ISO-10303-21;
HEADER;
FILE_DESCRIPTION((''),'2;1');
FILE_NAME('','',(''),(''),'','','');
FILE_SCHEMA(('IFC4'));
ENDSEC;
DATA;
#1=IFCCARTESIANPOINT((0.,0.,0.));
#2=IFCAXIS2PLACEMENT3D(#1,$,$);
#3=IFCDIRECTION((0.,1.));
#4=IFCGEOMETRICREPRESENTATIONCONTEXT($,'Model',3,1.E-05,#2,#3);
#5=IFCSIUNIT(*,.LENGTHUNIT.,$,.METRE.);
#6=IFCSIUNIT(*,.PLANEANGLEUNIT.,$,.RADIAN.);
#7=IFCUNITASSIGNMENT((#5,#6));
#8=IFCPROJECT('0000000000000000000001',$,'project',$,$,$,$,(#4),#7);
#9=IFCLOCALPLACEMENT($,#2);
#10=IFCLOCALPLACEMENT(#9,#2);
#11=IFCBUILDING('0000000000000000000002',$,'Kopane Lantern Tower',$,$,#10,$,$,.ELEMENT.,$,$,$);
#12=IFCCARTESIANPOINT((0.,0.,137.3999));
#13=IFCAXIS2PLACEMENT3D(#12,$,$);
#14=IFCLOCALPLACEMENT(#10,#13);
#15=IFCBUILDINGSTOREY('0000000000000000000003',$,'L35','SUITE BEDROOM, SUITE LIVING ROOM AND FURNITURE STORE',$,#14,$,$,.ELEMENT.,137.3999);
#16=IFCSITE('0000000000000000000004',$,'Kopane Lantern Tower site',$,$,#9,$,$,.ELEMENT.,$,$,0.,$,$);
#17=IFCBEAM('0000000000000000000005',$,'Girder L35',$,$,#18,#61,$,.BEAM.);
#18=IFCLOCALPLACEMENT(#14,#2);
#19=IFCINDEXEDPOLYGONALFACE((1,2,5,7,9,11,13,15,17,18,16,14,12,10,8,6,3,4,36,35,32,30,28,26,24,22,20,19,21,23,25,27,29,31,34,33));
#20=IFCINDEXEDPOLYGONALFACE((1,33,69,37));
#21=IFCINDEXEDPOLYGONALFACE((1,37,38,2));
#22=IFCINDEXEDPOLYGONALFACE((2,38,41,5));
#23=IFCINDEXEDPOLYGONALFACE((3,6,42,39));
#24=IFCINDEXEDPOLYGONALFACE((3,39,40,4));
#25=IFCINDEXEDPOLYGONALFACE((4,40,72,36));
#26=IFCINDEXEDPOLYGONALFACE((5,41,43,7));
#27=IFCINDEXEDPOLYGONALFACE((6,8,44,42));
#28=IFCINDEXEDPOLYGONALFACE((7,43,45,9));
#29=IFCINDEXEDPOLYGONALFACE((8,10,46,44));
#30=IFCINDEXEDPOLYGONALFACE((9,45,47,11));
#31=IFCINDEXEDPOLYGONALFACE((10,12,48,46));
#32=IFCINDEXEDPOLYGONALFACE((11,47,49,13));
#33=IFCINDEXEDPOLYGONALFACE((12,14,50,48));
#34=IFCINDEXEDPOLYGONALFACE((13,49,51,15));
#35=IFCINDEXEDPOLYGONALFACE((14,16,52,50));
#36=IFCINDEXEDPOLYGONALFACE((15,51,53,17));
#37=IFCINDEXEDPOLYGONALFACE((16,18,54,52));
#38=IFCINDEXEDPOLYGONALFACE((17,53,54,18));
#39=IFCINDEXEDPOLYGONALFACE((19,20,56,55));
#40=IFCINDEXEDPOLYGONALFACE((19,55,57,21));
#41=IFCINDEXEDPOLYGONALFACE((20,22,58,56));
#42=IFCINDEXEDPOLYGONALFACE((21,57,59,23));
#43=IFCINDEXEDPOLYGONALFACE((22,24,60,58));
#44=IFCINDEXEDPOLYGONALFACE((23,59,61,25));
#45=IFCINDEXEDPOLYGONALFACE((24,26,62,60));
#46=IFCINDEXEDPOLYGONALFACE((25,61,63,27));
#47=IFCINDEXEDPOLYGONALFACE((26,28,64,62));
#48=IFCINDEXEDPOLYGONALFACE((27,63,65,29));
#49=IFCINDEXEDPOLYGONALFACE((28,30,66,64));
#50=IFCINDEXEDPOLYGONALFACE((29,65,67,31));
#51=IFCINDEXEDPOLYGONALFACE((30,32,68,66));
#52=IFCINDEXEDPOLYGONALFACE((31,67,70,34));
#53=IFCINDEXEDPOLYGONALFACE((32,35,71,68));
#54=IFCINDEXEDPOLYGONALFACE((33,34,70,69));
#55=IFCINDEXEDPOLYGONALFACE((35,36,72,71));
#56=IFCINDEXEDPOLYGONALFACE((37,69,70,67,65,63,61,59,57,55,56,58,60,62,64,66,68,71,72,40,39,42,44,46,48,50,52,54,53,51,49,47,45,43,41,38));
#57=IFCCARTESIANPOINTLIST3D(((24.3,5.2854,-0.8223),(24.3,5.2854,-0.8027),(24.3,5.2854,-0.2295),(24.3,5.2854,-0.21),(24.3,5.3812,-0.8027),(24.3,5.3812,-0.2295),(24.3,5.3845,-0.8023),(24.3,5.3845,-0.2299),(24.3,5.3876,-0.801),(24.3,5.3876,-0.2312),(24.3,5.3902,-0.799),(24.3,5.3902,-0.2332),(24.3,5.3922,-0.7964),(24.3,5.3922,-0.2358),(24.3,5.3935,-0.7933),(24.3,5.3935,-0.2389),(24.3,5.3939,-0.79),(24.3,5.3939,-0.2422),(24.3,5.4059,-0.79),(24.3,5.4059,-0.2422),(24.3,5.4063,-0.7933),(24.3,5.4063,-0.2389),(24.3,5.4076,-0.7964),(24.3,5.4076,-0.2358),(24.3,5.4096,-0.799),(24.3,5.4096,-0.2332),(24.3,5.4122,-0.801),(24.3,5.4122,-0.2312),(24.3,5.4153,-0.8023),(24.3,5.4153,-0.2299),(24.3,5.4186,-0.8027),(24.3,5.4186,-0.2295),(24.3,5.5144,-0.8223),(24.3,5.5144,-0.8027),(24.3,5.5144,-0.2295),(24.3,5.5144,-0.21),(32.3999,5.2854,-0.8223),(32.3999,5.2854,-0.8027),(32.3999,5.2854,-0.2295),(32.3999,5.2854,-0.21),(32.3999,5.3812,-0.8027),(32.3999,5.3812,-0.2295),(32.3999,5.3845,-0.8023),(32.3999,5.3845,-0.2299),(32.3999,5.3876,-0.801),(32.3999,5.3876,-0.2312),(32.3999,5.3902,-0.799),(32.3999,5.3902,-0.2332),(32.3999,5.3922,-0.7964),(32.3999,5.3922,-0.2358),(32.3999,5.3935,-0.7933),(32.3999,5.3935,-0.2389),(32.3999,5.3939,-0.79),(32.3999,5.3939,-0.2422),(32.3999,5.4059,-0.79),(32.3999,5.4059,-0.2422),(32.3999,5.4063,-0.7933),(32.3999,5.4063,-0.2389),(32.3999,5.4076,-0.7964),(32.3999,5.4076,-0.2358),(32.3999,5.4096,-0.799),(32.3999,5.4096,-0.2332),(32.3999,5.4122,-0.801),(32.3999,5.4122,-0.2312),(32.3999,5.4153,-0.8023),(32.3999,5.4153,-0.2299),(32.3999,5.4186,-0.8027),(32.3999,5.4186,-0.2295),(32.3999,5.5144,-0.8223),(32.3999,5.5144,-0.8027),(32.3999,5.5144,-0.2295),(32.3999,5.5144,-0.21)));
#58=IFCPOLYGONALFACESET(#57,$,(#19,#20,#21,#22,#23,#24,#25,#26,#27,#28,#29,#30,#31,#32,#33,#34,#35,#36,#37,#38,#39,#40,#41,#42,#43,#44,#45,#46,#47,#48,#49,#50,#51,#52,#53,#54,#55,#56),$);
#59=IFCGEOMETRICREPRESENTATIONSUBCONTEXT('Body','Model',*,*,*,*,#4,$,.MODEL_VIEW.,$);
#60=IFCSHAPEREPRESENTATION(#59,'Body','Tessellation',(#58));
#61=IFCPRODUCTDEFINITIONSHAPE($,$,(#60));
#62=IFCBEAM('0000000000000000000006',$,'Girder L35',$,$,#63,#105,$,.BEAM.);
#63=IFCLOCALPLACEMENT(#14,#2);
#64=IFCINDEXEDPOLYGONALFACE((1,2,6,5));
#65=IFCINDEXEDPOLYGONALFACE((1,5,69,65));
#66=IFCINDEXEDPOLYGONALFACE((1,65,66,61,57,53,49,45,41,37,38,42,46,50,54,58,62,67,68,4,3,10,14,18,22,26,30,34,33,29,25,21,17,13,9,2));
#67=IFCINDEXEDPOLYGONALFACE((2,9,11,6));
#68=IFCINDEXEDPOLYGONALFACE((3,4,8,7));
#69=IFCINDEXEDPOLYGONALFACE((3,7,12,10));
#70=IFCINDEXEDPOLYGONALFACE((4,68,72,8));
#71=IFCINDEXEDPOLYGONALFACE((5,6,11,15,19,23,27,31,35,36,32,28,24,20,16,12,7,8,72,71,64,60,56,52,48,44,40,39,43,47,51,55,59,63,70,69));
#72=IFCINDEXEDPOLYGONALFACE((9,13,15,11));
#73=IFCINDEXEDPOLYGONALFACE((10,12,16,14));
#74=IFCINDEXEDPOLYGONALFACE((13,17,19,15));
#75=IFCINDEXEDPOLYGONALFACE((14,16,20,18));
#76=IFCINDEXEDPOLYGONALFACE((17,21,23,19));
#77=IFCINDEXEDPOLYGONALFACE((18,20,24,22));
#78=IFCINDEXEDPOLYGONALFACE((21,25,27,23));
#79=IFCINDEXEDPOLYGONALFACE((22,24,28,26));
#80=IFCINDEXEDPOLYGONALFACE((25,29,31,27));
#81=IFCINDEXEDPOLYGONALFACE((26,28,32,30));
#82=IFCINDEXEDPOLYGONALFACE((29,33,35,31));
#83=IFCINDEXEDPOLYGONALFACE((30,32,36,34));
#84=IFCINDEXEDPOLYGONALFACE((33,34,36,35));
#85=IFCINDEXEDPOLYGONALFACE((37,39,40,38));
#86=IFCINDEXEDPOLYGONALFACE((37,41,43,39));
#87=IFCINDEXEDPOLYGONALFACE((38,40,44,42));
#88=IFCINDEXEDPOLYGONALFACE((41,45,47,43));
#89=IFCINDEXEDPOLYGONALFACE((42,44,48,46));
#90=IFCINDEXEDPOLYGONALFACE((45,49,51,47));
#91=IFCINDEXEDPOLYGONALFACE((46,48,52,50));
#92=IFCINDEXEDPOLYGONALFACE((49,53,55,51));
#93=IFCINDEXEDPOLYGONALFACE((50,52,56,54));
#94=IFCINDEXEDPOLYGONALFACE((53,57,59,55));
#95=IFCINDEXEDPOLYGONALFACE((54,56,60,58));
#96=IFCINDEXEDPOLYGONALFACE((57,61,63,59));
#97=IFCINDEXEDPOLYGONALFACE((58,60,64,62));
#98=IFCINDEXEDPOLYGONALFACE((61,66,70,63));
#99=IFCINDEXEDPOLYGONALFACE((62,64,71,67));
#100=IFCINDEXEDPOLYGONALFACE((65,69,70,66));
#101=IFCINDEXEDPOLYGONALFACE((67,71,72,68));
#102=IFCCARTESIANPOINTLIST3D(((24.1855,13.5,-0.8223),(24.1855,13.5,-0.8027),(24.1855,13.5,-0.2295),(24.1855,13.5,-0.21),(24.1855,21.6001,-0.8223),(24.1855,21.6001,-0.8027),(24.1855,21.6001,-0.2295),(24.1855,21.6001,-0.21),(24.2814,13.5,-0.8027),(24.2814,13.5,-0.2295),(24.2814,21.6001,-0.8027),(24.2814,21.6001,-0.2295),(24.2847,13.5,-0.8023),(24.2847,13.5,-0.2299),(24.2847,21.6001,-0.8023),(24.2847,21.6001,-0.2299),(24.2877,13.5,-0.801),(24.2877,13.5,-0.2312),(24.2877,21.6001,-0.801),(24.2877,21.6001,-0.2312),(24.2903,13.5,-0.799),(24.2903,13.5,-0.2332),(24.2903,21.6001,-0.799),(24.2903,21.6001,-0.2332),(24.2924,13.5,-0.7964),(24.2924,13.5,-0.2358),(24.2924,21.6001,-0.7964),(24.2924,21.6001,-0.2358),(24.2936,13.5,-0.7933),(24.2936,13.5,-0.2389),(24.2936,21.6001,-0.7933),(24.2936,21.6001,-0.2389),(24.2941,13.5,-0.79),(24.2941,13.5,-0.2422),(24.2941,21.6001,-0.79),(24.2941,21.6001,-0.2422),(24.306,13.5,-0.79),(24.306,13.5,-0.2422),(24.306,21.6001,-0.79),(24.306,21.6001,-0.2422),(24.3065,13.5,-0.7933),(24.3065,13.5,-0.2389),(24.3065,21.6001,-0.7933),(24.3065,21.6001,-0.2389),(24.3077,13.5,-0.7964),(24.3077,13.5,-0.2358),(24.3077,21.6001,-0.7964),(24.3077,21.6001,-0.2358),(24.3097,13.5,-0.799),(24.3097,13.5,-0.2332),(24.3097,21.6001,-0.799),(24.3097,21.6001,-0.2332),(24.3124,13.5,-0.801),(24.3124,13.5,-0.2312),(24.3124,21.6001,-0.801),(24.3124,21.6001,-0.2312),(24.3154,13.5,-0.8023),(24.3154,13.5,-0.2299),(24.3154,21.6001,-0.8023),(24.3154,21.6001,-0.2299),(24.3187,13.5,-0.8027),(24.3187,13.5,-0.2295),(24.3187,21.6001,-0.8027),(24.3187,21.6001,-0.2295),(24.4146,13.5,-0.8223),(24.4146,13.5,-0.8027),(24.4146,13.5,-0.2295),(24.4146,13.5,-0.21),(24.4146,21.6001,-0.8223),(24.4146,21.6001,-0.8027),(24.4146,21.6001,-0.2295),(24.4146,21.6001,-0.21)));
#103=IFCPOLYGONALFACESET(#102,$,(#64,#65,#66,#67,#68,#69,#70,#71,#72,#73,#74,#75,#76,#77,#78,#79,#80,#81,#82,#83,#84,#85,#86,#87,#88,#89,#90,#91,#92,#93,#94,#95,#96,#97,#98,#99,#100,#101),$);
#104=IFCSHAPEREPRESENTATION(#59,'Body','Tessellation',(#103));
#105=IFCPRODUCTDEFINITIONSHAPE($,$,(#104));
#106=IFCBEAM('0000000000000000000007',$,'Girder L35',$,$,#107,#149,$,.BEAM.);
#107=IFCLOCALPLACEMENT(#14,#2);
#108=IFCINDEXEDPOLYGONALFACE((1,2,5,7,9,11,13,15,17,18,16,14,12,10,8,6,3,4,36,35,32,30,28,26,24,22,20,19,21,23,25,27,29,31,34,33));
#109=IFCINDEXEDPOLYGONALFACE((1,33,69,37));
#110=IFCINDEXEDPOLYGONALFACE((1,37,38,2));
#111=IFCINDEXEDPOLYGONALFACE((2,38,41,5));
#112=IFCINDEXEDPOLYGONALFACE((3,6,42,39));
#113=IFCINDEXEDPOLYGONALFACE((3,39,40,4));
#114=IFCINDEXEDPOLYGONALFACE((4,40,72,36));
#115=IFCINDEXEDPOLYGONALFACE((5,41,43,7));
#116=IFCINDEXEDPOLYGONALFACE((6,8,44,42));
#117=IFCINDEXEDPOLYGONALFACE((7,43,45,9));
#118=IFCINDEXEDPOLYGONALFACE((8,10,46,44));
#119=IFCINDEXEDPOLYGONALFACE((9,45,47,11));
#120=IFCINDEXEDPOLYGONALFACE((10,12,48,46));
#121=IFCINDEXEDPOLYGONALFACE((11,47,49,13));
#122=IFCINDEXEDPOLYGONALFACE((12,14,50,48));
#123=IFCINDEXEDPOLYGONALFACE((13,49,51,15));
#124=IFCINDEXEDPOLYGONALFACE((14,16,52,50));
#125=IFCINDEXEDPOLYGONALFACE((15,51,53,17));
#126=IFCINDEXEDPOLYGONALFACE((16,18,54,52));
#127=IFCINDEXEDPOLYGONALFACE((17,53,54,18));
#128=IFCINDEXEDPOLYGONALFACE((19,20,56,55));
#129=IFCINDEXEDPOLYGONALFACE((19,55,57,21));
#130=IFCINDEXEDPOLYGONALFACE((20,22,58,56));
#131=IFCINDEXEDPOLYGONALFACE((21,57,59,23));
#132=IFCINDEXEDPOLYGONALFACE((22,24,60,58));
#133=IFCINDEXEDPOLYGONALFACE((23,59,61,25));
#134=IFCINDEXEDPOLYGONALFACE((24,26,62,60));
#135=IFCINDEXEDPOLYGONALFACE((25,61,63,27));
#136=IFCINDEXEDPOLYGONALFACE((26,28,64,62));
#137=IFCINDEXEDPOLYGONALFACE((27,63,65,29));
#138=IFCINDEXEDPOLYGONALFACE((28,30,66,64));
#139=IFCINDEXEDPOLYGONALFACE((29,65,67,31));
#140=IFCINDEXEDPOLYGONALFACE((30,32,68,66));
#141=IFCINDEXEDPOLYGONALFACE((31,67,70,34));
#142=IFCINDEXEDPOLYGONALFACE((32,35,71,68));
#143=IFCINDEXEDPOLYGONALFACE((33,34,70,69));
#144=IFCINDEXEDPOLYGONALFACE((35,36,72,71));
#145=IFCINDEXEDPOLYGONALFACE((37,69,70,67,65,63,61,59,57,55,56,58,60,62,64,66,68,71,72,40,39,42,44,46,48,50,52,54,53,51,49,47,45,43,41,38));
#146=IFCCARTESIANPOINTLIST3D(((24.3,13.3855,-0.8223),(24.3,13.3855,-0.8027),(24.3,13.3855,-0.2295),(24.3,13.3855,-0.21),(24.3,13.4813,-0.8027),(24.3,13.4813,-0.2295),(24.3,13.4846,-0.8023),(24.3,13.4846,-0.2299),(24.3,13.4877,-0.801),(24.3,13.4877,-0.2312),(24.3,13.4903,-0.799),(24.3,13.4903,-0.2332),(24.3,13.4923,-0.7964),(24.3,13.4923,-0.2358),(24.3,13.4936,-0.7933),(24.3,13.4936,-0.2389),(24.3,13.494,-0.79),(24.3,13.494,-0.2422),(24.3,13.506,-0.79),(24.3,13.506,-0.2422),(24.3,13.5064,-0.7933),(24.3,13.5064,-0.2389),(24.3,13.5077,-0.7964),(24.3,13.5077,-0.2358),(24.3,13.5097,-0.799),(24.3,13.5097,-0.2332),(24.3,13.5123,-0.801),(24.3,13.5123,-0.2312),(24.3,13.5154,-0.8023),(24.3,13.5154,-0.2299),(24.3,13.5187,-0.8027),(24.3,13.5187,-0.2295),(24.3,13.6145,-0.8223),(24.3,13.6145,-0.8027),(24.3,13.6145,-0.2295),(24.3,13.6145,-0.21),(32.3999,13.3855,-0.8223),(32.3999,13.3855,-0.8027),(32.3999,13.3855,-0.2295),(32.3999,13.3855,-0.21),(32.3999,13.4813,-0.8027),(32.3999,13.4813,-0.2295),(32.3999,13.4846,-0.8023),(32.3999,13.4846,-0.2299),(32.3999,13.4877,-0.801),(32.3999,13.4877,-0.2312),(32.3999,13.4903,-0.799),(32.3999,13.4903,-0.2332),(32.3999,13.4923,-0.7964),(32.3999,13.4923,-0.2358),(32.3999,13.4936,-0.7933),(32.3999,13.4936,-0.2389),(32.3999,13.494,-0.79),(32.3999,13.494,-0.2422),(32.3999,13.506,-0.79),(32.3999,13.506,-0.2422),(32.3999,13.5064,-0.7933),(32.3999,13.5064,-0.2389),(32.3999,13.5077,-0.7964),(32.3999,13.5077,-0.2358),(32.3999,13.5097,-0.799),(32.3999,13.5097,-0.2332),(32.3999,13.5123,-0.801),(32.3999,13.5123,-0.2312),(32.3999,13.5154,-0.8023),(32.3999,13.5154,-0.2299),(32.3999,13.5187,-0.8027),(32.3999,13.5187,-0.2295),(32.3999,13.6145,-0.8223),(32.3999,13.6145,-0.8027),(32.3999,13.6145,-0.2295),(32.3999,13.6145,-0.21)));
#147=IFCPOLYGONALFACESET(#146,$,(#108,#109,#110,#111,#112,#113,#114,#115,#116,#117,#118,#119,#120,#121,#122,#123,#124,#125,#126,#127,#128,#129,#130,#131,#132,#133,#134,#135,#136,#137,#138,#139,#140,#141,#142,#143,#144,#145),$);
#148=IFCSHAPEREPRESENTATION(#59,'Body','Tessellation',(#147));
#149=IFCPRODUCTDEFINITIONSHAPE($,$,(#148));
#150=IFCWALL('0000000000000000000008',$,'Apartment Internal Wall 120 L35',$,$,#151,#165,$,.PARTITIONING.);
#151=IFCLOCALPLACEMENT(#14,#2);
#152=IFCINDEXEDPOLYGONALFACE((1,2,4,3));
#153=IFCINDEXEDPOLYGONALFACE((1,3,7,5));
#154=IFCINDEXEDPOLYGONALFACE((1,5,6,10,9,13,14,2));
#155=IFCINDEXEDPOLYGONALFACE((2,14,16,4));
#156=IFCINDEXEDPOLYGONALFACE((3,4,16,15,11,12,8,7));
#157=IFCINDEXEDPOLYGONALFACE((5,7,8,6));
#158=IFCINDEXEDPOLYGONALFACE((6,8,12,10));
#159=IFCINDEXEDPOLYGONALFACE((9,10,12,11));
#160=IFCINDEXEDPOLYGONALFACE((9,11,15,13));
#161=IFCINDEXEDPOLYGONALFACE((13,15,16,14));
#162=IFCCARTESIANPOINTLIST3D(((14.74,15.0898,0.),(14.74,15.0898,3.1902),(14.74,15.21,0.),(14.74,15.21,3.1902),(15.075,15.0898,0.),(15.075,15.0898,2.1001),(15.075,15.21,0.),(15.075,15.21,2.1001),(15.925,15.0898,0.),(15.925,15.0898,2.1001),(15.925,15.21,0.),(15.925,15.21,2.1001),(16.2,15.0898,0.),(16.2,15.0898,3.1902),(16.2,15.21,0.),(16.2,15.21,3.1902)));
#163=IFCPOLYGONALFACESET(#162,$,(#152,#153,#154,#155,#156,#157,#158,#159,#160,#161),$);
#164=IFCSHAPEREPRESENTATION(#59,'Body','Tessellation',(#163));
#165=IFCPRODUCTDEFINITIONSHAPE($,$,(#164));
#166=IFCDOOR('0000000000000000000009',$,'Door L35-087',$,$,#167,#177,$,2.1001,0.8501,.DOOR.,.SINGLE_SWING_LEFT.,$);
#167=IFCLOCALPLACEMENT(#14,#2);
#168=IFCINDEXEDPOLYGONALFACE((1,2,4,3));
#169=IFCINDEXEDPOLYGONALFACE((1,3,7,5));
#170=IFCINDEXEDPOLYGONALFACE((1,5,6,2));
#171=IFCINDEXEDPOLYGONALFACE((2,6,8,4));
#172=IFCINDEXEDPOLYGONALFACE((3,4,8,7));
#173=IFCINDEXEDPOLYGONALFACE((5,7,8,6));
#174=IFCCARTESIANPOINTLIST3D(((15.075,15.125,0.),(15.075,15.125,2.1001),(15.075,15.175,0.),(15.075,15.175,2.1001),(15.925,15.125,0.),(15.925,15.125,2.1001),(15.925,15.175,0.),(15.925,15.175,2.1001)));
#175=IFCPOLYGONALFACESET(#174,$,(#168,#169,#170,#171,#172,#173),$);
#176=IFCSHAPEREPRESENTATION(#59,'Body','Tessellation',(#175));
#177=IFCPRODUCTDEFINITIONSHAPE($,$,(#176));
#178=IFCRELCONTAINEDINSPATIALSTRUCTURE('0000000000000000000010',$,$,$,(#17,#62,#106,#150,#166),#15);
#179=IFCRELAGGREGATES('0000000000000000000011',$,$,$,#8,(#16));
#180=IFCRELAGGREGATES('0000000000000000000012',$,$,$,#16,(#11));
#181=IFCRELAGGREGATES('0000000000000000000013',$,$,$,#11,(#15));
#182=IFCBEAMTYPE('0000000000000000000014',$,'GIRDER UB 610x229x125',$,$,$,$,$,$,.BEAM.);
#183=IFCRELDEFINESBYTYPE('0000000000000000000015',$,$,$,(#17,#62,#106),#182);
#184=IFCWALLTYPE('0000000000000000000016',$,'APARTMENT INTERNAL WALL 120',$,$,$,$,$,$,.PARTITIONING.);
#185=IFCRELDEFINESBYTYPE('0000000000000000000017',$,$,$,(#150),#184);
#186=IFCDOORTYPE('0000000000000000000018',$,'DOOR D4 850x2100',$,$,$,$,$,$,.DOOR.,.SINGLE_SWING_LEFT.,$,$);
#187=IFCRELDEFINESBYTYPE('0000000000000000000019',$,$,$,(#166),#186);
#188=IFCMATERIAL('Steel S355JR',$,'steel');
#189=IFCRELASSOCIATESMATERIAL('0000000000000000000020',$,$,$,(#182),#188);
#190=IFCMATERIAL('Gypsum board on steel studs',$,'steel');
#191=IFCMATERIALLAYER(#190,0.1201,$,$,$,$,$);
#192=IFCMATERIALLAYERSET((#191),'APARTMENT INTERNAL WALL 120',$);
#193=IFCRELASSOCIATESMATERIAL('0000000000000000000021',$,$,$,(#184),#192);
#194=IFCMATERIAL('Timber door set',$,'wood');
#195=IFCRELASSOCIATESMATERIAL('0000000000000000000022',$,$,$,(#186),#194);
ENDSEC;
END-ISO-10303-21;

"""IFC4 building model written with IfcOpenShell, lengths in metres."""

from ifc_helpers import new_model, si_unit, direction, frame, frame_2d, origin, origin_2d, place, context, subcontext, project, spatial, rectangle, i_section, extrude, material, layer, layer_set, material_profile, profile_set, type_object, element, fill, save


model = new_model("IFC4")

# Units and contexts
model_context = context("Model", 3, precision=1e-05, world=origin(), true_north=direction((0.0, 1.0)))
body_context = subcontext(model_context, "Body", "Model", "MODEL_VIEW")
ifc_project = project(units=[si_unit("LENGTHUNIT", "METRE"), si_unit("PLANEANGLEUNIT", "RADIAN")], contexts=[model_context])

# Site, building, storey
site_placement = place(None, origin())
site = spatial("IfcSite", under=ifc_project, at=site_placement, Name="Kopane Lantern Tower site", CompositionType="ELEMENT", RefElevation=0.0)
building_placement = place(site_placement, origin())
building = spatial("IfcBuilding", under=site, at=building_placement, Name="Kopane Lantern Tower", CompositionType="ELEMENT")
storey_placement = place(building_placement, frame((0.0, 0.0, 137.3999)))
storey = spatial("IfcBuildingStorey", under=building, at=storey_placement, Name="L35", Description="SUITE BEDROOM, SUITE LIVING ROOM AND FURNITURE STORE", CompositionType="ELEMENT", Elevation=137.3999)

# Beams
ifc_material_1 = material(Name="Steel S355JR", Category="steel")
ifc_material_profile_1 = material_profile(ifc_material_1, i_section(OverallWidth=0.229, OverallDepth=0.6123, WebThickness=0.012, FlangeThickness=0.0195, FilletRadius=0.0127, at=origin_2d()), Name="UB 610x229x125")
ifc_profile_set_1 = profile_set([ifc_material_profile_1], Name="Steel S355JR")
beam_type = type_object("IfcBeamType", Name="GIRDER UB 610x229x125", PredefinedType="BEAM", material=ifc_profile_set_1)
beam_1_placement = place(storey_placement, frame((24.3, 5.3999, -0.5161), z_axis=(1.0, 0.0, 0.0), x_axis=(0.0, 1.0, 0.0)))
element("IfcBeam", 1, at=beam_1_placement, inside=storey, type_object=beam_type, Name="Girder L35", PredefinedType="BEAM", context=body_context, shape_type="SweptSolid", body=[
    extrude(i_section(OverallWidth=0.229, OverallDepth=0.6123, WebThickness=0.012, FlangeThickness=0.0195, FilletRadius=0.0127, at=origin_2d()), origin(), (0.0, 0.0, 1.0), 8.0999),
])
beam_2_placement = place(storey_placement, frame((24.3, 13.5, -0.5161), z_axis=(0.0, 1.0, 0.0), x_axis=(-1.0, 0.0, 0.0)))
element("IfcBeam", 2, at=beam_2_placement, inside=storey, type_object=beam_type, Name="Girder L35", PredefinedType="BEAM", context=body_context, shape_type="SweptSolid", body=[
    extrude(i_section(OverallWidth=0.229, OverallDepth=0.6123, WebThickness=0.012, FlangeThickness=0.0195, FilletRadius=0.0127, at=origin_2d()), origin(), (0.0, 0.0, 1.0), 8.1001),
])
beam_3_placement = place(storey_placement, frame((24.3, 13.5, -0.5161), z_axis=(1.0, 0.0, 0.0), x_axis=(0.0, 1.0, 0.0)))
element("IfcBeam", 3, at=beam_3_placement, inside=storey, type_object=beam_type, Name="Girder L35", PredefinedType="BEAM", context=body_context, shape_type="SweptSolid", body=[
    extrude(i_section(OverallWidth=0.229, OverallDepth=0.6123, WebThickness=0.012, FlangeThickness=0.0195, FilletRadius=0.0127, at=origin_2d()), origin(), (0.0, 0.0, 1.0), 8.0999),
])

# Wall, opening, door
ifc_material_2 = material(Name="Gypsum board on steel studs", Category="steel")
ifc_layer_1 = layer(ifc_material_2, 0.1201)
ifc_layer_set_1 = layer_set([ifc_layer_1], Name="APARTMENT INTERNAL WALL 120")
wall_type_1 = type_object("IfcWallType", Name="APARTMENT INTERNAL WALL 120", PredefinedType="PARTITIONING", material=ifc_layer_set_1)
wall_1_placement = place(storey_placement, frame((16.2, 15.1499, 0.0), z_axis=(0.0, 0.0, 1.0), x_axis=(-1.0, 0.0, 0.0)))
wall_1 = element("IfcWall", 4, at=wall_1_placement, inside=storey, type_object=wall_type_1, Name="Apartment Internal Wall 120 L35", PredefinedType="PARTITIONING", context=body_context, shape_type="SweptSolid", body=[
    extrude(rectangle(XDim=1.46, YDim=0.1201, at=frame_2d((0.73, 0.0))), origin(), (0.0, 0.0, 1.0), 3.1902),
])
opening_1_placement = place(wall_1_placement, frame((0.2749, 0.0, 0.0)))
opening_1 = element("IfcOpeningElement", 5, at=opening_1_placement, cuts=wall_1, PredefinedType="OPENING", context=body_context, shape_type="SweptSolid", body=[
    extrude(rectangle(XDim=0.8501, YDim=2.1001, at=frame_2d((0.425, 1.05))), frame((0.0, 0.0701, 0.0), z_axis=(0.0, -1.0, 0.0), x_axis=(1.0, 0.0, 0.0)), (0.0, 0.0, 1.0), 0.1401),
])
ifc_material_3 = material(Name="Timber door set", Category="wood")
door_type = type_object("IfcDoorType", Name="DOOR D4 850x2100", OperationType="SINGLE_SWING_LEFT", PredefinedType="DOOR", material=ifc_material_3)
door_1_placement = place(opening_1_placement, origin())
door_1 = element("IfcDoor", 6, at=door_1_placement, inside=storey, type_object=door_type, Name="Door L35-087", OperationType="SINGLE_SWING_LEFT", OverallHeight=2.1001, OverallWidth=0.8501, PredefinedType="DOOR", context=body_context, shape_type="SweptSolid", body=[
    extrude(rectangle(XDim=0.8501, YDim=2.1001, at=frame_2d((0.425, 1.05))), frame((0.0, 0.0249, 0.0), z_axis=(0.0, -1.0, 0.0), x_axis=(1.0, 0.0, 0.0)), (0.0, 0.0, 1.0), 0.05),
])
fill(opening_1, door_1)

save(model, "model.ifc")
